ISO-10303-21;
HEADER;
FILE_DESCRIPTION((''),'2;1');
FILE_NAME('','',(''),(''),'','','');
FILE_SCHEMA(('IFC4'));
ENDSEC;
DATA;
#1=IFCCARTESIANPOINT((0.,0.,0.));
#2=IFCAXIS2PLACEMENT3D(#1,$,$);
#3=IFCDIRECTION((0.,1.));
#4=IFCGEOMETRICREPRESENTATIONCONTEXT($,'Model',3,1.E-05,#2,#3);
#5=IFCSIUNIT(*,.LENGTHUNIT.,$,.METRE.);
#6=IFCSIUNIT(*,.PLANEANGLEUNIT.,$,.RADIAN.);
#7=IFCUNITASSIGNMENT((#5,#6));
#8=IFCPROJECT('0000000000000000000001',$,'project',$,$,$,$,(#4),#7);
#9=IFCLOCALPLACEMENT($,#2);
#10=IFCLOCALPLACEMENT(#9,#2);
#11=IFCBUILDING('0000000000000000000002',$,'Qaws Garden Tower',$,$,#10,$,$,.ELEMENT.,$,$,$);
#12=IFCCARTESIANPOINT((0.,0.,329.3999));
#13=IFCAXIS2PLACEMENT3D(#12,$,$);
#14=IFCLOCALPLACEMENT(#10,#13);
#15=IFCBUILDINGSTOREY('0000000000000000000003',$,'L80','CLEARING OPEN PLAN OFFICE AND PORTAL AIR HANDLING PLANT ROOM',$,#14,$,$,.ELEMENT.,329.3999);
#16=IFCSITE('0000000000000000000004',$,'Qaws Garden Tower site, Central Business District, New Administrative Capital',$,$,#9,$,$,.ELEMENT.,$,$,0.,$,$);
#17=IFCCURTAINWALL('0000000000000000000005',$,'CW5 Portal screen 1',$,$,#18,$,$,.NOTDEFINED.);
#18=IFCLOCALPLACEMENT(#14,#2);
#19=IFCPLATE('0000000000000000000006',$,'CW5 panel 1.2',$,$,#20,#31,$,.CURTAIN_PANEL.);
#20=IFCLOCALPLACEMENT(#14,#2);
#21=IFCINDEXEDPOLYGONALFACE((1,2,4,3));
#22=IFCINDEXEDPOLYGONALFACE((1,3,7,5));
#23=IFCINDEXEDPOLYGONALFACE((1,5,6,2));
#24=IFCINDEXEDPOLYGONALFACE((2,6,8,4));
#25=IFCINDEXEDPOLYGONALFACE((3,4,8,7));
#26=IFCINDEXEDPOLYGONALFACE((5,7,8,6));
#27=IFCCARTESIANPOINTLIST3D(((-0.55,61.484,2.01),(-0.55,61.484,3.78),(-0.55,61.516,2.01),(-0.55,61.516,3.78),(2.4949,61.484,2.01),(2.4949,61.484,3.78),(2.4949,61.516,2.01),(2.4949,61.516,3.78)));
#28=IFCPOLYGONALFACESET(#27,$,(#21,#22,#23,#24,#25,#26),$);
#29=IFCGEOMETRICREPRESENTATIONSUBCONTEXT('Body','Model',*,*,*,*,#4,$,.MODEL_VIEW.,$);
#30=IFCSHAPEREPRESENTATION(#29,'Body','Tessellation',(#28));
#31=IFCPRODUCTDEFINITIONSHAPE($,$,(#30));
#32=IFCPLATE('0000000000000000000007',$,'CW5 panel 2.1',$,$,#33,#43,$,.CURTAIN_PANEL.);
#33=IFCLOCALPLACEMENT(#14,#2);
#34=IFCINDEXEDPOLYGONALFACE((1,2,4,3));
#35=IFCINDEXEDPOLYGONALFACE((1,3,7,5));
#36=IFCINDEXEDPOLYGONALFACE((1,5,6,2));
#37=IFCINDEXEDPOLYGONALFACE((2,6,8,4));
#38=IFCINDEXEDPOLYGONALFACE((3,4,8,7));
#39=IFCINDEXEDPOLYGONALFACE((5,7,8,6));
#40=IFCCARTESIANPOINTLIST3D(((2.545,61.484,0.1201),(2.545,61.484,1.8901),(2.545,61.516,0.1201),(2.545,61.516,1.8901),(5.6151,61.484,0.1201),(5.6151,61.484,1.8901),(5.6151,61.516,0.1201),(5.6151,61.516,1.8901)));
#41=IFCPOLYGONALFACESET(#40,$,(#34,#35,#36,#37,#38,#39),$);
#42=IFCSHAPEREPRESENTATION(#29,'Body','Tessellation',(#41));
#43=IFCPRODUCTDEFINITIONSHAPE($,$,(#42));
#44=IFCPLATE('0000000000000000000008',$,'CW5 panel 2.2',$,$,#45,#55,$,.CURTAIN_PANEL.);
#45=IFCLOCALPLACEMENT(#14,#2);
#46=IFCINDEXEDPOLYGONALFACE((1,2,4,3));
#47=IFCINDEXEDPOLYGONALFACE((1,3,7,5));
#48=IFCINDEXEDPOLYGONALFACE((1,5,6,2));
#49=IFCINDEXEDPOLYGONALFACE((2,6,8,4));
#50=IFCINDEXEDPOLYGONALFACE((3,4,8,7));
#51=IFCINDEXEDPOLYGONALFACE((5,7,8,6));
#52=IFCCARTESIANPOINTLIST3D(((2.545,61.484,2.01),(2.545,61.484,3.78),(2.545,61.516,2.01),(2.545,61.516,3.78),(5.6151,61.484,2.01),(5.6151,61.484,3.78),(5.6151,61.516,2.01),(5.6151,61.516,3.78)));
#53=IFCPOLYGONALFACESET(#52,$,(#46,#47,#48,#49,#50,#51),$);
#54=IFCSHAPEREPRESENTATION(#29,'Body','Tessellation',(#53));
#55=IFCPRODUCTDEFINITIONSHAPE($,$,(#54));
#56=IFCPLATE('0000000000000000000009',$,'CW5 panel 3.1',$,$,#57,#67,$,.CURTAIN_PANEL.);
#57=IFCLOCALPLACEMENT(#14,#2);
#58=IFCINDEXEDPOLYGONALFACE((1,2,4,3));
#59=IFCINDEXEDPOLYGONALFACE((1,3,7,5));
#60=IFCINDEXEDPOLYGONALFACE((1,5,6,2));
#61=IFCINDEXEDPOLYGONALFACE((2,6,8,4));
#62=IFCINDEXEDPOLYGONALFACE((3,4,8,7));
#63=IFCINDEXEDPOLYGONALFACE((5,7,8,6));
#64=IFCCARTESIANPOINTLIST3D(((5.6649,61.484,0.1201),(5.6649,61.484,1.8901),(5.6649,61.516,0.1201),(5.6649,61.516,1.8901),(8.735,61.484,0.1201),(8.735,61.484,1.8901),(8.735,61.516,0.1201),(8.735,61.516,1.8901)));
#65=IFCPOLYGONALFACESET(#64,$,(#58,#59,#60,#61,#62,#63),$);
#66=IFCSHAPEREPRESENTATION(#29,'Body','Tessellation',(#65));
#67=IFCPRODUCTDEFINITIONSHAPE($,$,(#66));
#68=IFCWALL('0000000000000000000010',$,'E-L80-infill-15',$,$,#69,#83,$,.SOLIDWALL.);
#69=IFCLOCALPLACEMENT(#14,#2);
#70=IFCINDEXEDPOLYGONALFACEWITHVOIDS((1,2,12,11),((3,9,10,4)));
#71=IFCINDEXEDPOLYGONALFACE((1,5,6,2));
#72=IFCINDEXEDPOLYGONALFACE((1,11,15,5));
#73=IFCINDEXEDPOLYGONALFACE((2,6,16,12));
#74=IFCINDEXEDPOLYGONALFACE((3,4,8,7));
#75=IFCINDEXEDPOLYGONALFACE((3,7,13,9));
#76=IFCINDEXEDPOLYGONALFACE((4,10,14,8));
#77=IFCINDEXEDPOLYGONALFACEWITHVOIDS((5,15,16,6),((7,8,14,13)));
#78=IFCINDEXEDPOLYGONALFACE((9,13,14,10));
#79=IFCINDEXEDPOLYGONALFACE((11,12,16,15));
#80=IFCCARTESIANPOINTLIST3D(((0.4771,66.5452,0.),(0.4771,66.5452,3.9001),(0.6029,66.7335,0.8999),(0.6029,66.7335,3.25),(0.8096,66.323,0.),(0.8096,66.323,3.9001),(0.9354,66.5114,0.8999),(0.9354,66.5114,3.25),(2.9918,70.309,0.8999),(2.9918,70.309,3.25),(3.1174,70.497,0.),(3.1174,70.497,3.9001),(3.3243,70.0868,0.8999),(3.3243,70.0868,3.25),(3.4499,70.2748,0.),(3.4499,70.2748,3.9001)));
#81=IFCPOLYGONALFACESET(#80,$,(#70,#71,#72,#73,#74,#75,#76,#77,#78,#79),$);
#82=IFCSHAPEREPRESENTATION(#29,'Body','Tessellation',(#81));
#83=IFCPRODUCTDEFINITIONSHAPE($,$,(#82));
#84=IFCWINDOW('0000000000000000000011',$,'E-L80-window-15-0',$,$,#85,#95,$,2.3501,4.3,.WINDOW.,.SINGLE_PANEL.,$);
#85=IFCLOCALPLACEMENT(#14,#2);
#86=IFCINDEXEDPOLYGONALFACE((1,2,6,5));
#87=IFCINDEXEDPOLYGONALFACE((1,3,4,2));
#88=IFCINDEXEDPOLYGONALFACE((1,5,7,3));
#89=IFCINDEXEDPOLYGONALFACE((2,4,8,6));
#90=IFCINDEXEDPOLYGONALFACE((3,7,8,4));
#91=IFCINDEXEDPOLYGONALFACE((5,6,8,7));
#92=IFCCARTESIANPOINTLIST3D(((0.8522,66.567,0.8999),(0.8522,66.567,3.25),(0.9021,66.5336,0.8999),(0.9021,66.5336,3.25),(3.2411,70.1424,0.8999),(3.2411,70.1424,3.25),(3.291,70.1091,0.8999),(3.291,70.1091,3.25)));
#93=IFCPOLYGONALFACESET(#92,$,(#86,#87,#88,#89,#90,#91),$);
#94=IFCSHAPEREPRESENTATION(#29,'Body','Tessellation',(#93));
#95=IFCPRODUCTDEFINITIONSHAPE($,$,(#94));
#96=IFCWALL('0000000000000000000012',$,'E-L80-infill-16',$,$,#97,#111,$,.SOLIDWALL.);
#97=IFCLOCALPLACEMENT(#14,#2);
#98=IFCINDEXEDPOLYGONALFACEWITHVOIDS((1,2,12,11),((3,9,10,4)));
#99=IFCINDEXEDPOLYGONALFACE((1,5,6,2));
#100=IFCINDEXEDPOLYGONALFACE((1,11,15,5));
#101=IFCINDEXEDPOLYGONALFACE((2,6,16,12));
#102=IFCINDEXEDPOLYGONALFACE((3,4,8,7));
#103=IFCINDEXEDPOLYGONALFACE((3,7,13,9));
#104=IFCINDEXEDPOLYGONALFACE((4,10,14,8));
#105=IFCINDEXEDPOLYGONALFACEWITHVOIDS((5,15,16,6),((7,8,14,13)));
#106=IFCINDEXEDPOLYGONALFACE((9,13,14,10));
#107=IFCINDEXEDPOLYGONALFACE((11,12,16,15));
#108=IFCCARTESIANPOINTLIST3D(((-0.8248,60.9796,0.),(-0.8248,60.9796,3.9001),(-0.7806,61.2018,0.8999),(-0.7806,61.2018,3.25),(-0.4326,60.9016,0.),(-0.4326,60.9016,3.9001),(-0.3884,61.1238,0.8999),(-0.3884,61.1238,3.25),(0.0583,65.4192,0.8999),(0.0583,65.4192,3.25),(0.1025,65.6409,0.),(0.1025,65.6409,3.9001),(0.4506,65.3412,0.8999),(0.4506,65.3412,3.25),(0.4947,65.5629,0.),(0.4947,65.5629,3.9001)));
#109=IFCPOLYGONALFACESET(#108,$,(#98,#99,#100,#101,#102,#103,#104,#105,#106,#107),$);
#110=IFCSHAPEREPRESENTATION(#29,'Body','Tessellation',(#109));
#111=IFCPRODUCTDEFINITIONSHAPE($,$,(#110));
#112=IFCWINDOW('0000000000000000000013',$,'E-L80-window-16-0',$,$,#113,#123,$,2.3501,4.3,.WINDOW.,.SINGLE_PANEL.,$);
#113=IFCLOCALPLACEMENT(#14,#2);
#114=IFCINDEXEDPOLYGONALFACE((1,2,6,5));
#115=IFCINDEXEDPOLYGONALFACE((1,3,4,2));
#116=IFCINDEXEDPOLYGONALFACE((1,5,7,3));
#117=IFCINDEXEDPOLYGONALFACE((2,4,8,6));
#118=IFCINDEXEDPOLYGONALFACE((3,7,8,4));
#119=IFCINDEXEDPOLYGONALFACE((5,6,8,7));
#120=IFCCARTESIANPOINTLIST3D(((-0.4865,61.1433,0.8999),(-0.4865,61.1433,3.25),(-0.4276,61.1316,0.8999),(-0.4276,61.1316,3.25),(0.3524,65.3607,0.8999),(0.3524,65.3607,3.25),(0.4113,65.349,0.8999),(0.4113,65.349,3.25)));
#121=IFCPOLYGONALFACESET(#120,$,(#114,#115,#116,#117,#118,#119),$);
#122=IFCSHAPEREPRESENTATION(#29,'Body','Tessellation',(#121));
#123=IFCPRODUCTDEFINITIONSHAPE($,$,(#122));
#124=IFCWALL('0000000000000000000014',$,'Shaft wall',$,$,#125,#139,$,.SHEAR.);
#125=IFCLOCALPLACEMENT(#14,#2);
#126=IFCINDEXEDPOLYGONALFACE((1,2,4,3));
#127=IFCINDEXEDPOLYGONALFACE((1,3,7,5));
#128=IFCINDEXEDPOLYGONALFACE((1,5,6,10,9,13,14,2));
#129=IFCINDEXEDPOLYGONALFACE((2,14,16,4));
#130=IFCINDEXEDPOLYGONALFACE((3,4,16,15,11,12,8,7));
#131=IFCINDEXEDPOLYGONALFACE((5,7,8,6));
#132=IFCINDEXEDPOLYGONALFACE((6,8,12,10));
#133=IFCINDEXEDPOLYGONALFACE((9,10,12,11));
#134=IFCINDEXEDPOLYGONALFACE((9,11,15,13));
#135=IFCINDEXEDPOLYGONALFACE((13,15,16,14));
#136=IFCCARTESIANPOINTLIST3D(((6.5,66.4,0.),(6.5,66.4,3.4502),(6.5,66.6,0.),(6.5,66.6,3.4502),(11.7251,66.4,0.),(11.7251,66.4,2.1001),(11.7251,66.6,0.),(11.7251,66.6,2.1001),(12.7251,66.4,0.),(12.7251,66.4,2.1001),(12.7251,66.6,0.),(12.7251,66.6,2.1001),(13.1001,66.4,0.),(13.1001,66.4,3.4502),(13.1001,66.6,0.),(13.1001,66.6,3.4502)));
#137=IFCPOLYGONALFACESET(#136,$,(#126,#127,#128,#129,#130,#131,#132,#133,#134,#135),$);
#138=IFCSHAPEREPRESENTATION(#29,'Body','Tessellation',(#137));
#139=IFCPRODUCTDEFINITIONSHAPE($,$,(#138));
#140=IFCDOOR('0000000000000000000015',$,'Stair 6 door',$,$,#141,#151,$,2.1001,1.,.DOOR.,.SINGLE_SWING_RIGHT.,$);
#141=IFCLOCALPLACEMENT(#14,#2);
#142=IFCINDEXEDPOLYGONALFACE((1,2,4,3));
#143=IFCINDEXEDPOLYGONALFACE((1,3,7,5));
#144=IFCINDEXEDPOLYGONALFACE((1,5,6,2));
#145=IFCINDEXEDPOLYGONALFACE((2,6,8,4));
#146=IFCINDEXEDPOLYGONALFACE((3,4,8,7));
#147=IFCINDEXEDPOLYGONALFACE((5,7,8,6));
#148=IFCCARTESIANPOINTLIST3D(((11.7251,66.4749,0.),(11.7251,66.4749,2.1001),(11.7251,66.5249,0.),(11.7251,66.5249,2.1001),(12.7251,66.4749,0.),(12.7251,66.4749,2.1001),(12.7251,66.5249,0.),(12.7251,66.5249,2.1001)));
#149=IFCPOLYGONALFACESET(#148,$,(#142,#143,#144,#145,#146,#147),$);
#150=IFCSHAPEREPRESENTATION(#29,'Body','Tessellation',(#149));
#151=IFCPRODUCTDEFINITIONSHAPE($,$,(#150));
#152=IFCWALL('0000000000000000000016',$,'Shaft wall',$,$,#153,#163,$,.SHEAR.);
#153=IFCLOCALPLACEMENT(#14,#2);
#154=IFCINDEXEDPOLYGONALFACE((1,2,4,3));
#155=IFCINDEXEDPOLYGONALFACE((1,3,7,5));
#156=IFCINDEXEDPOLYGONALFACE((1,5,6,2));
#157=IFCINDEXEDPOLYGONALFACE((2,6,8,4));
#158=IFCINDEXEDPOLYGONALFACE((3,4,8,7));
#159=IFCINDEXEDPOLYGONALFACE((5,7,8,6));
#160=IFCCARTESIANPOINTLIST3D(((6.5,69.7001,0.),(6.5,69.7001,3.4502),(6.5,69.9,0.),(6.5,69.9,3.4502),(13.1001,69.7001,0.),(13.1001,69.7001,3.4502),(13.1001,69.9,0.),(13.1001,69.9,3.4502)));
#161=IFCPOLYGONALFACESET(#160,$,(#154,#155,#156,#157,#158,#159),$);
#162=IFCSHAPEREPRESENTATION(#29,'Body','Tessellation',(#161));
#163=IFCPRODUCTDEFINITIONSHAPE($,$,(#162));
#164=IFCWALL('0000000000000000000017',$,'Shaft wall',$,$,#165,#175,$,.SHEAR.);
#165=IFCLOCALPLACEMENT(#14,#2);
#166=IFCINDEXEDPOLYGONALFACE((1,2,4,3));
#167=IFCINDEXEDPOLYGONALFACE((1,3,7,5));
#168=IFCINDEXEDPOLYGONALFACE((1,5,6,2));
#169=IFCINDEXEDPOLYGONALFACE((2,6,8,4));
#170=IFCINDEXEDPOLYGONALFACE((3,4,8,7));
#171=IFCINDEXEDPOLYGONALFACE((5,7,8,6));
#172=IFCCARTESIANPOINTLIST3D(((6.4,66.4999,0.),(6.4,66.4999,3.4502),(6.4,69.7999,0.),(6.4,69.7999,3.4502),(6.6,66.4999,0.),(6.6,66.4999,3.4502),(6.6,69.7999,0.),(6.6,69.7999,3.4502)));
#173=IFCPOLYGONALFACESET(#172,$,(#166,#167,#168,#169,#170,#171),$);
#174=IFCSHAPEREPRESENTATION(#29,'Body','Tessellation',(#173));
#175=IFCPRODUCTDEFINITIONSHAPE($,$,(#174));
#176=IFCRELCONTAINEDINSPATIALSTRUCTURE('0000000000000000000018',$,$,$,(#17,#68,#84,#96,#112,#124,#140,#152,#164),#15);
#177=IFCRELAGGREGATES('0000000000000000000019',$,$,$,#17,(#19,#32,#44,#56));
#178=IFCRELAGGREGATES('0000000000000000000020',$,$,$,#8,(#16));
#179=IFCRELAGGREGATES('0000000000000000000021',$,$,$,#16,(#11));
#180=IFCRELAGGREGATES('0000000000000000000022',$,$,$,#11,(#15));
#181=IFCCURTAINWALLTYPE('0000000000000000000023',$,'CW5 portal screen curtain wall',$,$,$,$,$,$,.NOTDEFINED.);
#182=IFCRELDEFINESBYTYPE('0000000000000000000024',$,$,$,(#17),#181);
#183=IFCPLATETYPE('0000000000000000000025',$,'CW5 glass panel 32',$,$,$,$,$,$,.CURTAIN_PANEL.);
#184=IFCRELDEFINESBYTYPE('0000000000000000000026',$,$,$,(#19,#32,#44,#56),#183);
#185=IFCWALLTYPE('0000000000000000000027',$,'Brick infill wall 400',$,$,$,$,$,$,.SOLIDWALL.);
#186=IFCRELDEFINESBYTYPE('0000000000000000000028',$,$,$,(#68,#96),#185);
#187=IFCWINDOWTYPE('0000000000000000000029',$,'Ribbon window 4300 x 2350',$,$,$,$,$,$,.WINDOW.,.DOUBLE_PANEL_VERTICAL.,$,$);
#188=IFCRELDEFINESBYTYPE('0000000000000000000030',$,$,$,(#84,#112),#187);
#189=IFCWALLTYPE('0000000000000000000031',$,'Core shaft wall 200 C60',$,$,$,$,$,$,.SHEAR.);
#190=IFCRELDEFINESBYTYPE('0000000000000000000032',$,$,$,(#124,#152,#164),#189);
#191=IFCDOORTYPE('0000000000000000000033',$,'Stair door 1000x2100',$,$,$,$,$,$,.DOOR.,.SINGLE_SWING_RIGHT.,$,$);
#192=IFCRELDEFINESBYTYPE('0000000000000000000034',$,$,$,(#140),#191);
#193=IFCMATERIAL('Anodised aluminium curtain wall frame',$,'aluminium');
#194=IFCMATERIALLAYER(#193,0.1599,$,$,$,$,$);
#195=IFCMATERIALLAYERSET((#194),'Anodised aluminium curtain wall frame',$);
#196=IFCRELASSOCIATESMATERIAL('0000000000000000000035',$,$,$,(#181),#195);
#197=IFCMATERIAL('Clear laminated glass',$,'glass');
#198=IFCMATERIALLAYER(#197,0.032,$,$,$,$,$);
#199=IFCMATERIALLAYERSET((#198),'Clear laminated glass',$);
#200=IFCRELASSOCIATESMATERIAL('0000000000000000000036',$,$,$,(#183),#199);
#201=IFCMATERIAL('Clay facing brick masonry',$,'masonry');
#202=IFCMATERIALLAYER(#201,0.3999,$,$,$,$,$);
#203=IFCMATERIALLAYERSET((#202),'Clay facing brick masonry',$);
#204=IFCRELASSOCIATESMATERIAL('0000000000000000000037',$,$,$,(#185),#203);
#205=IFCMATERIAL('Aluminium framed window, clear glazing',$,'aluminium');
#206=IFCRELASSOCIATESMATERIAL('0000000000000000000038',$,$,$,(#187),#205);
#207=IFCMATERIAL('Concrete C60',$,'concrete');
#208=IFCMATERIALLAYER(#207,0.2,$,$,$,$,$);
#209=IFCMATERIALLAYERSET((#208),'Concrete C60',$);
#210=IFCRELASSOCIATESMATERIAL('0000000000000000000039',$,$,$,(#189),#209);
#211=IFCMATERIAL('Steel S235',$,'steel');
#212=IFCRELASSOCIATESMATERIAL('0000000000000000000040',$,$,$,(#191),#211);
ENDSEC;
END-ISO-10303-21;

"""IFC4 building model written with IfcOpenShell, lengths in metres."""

from ifc_helpers import new_model, si_unit, direction, frame, frame_2d, origin, origin_2d, place, context, subcontext, project, spatial, rectangle, extrude, material, layer, layer_set, type_object, element, fill, aggregate, save


model = new_model("IFC4")

# Units and contexts
model_context = context("Model", 3, precision=1e-05, world=origin(), true_north=direction((0.0, 1.0)))
body_context = subcontext(model_context, "Body", "Model", "MODEL_VIEW")
ifc_project = project(units=[si_unit("LENGTHUNIT", "METRE"), si_unit("PLANEANGLEUNIT", "RADIAN")], contexts=[model_context])

# Site, building, storey
site_placement = place(None, origin())
site = spatial("IfcSite", under=ifc_project, at=site_placement, Name="Qaws Garden Tower site, Central Business District, New Administrative Capital", CompositionType="ELEMENT", RefElevation=0.0)
building_placement = place(site_placement, origin())
building = spatial("IfcBuilding", under=site, at=building_placement, Name="Qaws Garden Tower", CompositionType="ELEMENT")
storey_placement = place(building_placement, frame((0.0, 0.0, 329.3999)))
storey = spatial("IfcBuildingStorey", under=building, at=storey_placement, Name="L80", Description="CLEARING OPEN PLAN OFFICE AND PORTAL AIR HANDLING PLANT ROOM", CompositionType="ELEMENT", Elevation=329.3999)

# Curtain wall
ifc_material_1 = material(Name="Anodised aluminium curtain wall frame", Category="aluminium")
ifc_layer_1 = layer(ifc_material_1, 0.1599)
ifc_layer_set_1 = layer_set([ifc_layer_1], Name="Anodised aluminium curtain wall frame")
curtain_wall_type = type_object("IfcCurtainWallType", Name="CW5 portal screen curtain wall", PredefinedType="NOTDEFINED", material=ifc_layer_set_1)
curtain_wall_placement = place(storey_placement, origin())
curtain_wall = element("IfcCurtainWall", 1, at=curtain_wall_placement, inside=storey, type_object=curtain_wall_type, Name="CW5 Portal screen 1", PredefinedType="NOTDEFINED")

# Plates
ifc_material_2 = material(Name="Clear laminated glass", Category="glass")
ifc_layer_2 = layer(ifc_material_2, 0.032)
ifc_layer_set_2 = layer_set([ifc_layer_2], Name="Clear laminated glass")
plate_type = type_object("IfcPlateType", Name="CW5 glass panel 32", PredefinedType="CURTAIN_PANEL", material=ifc_layer_set_2)
plate_1_placement = place(storey_placement, frame((0.9724, 61.5, 2.01), z_axis=(0.0, 0.0, 1.0), x_axis=(1.0, 0.0, 0.0)))
plate_1 = element("IfcPlate", 2, at=plate_1_placement, type_object=plate_type, Name="CW5 panel 1.2", PredefinedType="CURTAIN_PANEL", context=body_context, shape_type="SweptSolid", body=[
    extrude(rectangle(XDim=3.0449, YDim=0.032, at=origin_2d()), origin(), (0.0, 0.0, 1.0), 1.77),
])
plate_2_placement = place(storey_placement, frame((4.0801, 61.5, 0.1201), z_axis=(0.0, 0.0, 1.0), x_axis=(1.0, 0.0, 0.0)))
plate_2 = element("IfcPlate", 3, at=plate_2_placement, type_object=plate_type, Name="CW5 panel 2.1", PredefinedType="CURTAIN_PANEL", context=body_context, shape_type="SweptSolid", body=[
    extrude(rectangle(XDim=3.0701, YDim=0.032, at=origin_2d()), origin(), (0.0, 0.0, 1.0), 1.77),
])
plate_3_placement = place(storey_placement, frame((4.0801, 61.5, 2.01), z_axis=(0.0, 0.0, 1.0), x_axis=(1.0, 0.0, 0.0)))
plate_3 = element("IfcPlate", 4, at=plate_3_placement, type_object=plate_type, Name="CW5 panel 2.2", PredefinedType="CURTAIN_PANEL", context=body_context, shape_type="SweptSolid", body=[
    extrude(rectangle(XDim=3.0701, YDim=0.032, at=origin_2d()), origin(), (0.0, 0.0, 1.0), 1.77),
])
plate_4_placement = place(storey_placement, frame((7.2, 61.5, 0.1201), z_axis=(0.0, 0.0, 1.0), x_axis=(1.0, 0.0, 0.0)))
plate_4 = element("IfcPlate", 5, at=plate_4_placement, type_object=plate_type, Name="CW5 panel 3.1", PredefinedType="CURTAIN_PANEL", context=body_context, shape_type="SweptSolid", body=[
    extrude(rectangle(XDim=3.0701, YDim=0.032, at=origin_2d()), origin(), (0.0, 0.0, 1.0), 1.77),
])
aggregate(curtain_wall, [plate_1, plate_2, plate_3, plate_4])

# Walls, openings, windows
ifc_material_3 = material(Name="Clay facing brick masonry", Category="masonry")
ifc_layer_3 = layer(ifc_material_3, 0.3999)
ifc_layer_set_3 = layer_set([ifc_layer_3], Name="Clay facing brick masonry")
wall_type_1 = type_object("IfcWallType", Name="Brick infill wall 400", PredefinedType="SOLIDWALL", material=ifc_layer_set_3)
wall_1_placement = place(storey_placement, frame((3.2837, 70.386, 0.0), z_axis=(0.0, 0.0, 1.0), x_axis=(-0.555542, -0.831489, 0.0)))
wall_1 = element("IfcWall", 6, at=wall_1_placement, inside=storey, type_object=wall_type_1, Name="E-L80-infill-15", PredefinedType="SOLIDWALL", context=body_context, shape_type="SweptSolid", body=[
    extrude(rectangle(XDim=4.7527, YDim=0.3999, at=frame_2d((2.3765, 0.0))), origin(), (0.0, 0.0, 1.0), 3.9001),
])
opening_1_placement = place(wall_1_placement, frame((0.2263, 0.0, 0.8999)))
opening_1 = element("IfcOpeningElement", 7, at=opening_1_placement, cuts=wall_1, PredefinedType="OPENING", context=body_context, shape_type="SweptSolid", body=[
    extrude(rectangle(XDim=4.3, YDim=2.3501, at=frame_2d((2.1499, 1.175))), frame((0.0, 0.21, 0.0), z_axis=(0.0, -1.0, 0.0), x_axis=(1.0, 0.0, 0.0)), (0.0, 0.0, 1.0), 0.4199),
])
ifc_material_4 = material(Name="Aluminium framed window, clear glazing", Category="aluminium")
window_type = type_object("IfcWindowType", Name="Ribbon window 4300 x 2350", PartitioningType="DOUBLE_PANEL_VERTICAL", PredefinedType="WINDOW", material=ifc_material_4)
window_1_placement = place(opening_1_placement, origin())
window_1 = element("IfcWindow", 8, at=window_1_placement, inside=storey, type_object=window_type, Name="E-L80-window-15-0", OverallHeight=2.3501, OverallWidth=4.3, PartitioningType="SINGLE_PANEL", PredefinedType="WINDOW", context=body_context, shape_type="SweptSolid", body=[
    extrude(rectangle(XDim=4.3, YDim=2.3501, at=frame_2d((2.1499, 1.175))), frame((0.0, 0.1599, 0.0), z_axis=(0.0, -1.0, 0.0), x_axis=(1.0, 0.0, 0.0)), (0.0, 0.0, 1.0), 0.0601),
])
fill(opening_1, window_1)
wall_2_placement = place(storey_placement, frame((0.2986, 65.6021, 0.0), z_axis=(0.0, 0.0, 1.0), x_axis=(-0.195099, -0.980784, 0.0)))
wall_2 = element("IfcWall", 9, at=wall_2_placement, inside=storey, type_object=wall_type_1, Name="E-L80-infill-16", PredefinedType="SOLIDWALL", context=body_context, shape_type="SweptSolid", body=[
    extrude(rectangle(XDim=4.7527, YDim=0.3999, at=frame_2d((2.3765, 0.0))), origin(), (0.0, 0.0, 1.0), 3.9001),
])
opening_2_placement = place(wall_2_placement, frame((0.2263, 0.0, 0.8999)))
opening_2 = element("IfcOpeningElement", 10, at=opening_2_placement, cuts=wall_2, PredefinedType="OPENING", context=body_context, shape_type="SweptSolid", body=[
    extrude(rectangle(XDim=4.3, YDim=2.3501, at=frame_2d((2.1499, 1.175))), frame((0.0, 0.21, 0.0), z_axis=(0.0, -1.0, 0.0), x_axis=(1.0, 0.0, 0.0)), (0.0, 0.0, 1.0), 0.4199),
])
window_2_placement = place(opening_2_placement, origin())
window_2 = element("IfcWindow", 11, at=window_2_placement, inside=storey, type_object=window_type, Name="E-L80-window-16-0", OverallHeight=2.3501, OverallWidth=4.3, PartitioningType="SINGLE_PANEL", PredefinedType="WINDOW", context=body_context, shape_type="SweptSolid", body=[
    extrude(rectangle(XDim=4.3, YDim=2.3501, at=frame_2d((2.1499, 1.175))), frame((0.0, 0.1599, 0.0), z_axis=(0.0, -1.0, 0.0), x_axis=(1.0, 0.0, 0.0)), (0.0, 0.0, 1.0), 0.0601),
])
fill(opening_2, window_2)

# Wall, opening, door
ifc_material_5 = material(Name="Concrete C60", Category="concrete")
ifc_layer_4 = layer(ifc_material_5, 0.2)
ifc_layer_set_4 = layer_set([ifc_layer_4], Name="Concrete C60")
wall_type_2 = type_object("IfcWallType", Name="Core shaft wall 200 C60", PredefinedType="SHEAR", material=ifc_layer_set_4)
wall_3_placement = place(storey_placement, frame((6.5, 66.5, 0.0), z_axis=(0.0, 0.0, 1.0), x_axis=(1.0, 0.0, 0.0)))
wall_3 = element("IfcWall", 12, at=wall_3_placement, inside=storey, type_object=wall_type_2, Name="Shaft wall", PredefinedType="SHEAR", context=body_context, shape_type="SweptSolid", body=[
    extrude(rectangle(XDim=6.6001, YDim=0.2, at=frame_2d((3.3, 0.0))), origin(), (0.0, 0.0, 1.0), 3.4502),
])
opening_3_placement = place(wall_3_placement, frame((5.2251, 0.0, 0.0)))
opening_3 = element("IfcOpeningElement", 13, at=opening_3_placement, cuts=wall_3, PredefinedType="OPENING", context=body_context, shape_type="SweptSolid", body=[
    extrude(rectangle(XDim=1.0, YDim=2.1001, at=frame_2d((0.5, 1.05))), frame((0.0, 0.1099, 0.0), z_axis=(0.0, -1.0, 0.0), x_axis=(1.0, 0.0, 0.0)), (0.0, 0.0, 1.0), 0.22),
])
ifc_material_6 = material(Name="Steel S235", Category="steel")
door_type = type_object("IfcDoorType", Name="Stair door 1000x2100", OperationType="SINGLE_SWING_RIGHT", PredefinedType="DOOR", material=ifc_material_6)
door_placement = place(opening_3_placement, origin())
door = element("IfcDoor", 14, at=door_placement, inside=storey, type_object=door_type, Name="Stair 6 door", OperationType="SINGLE_SWING_RIGHT", OverallHeight=2.1001, OverallWidth=1.0, PredefinedType="DOOR", context=body_context, shape_type="SweptSolid", body=[
    extrude(rectangle(XDim=1.0, YDim=2.1001, at=frame_2d((0.5, 1.05))), frame((0.0, 0.0249, 0.0), z_axis=(0.0, -1.0, 0.0), x_axis=(1.0, 0.0, 0.0)), (0.0, 0.0, 1.0), 0.05),
])
fill(opening_3, door)

# Walls
wall_4_placement = place(storey_placement, frame((6.5, 69.8, 0.0), z_axis=(0.0, 0.0, 1.0), x_axis=(1.0, 0.0, 0.0)))
element("IfcWall", 15, at=wall_4_placement, inside=storey, type_object=wall_type_2, Name="Shaft wall", PredefinedType="SHEAR", context=body_context, shape_type="SweptSolid", body=[
    extrude(rectangle(XDim=6.6001, YDim=0.2, at=frame_2d((3.3, 0.0))), origin(), (0.0, 0.0, 1.0), 3.4502),
])
wall_5_placement = place(storey_placement, frame((6.5, 66.5, 0.0), z_axis=(0.0, 0.0, 1.0), x_axis=(0.0, 1.0, 0.0)))
element("IfcWall", 16, at=wall_5_placement, inside=storey, type_object=wall_type_2, Name="Shaft wall", PredefinedType="SHEAR", context=body_context, shape_type="SweptSolid", body=[
    extrude(rectangle(XDim=3.3, YDim=0.2, at=frame_2d((1.6499, 0.0))), origin(), (0.0, 0.0, 1.0), 3.4502),
])

save(model, "model.ifc")
